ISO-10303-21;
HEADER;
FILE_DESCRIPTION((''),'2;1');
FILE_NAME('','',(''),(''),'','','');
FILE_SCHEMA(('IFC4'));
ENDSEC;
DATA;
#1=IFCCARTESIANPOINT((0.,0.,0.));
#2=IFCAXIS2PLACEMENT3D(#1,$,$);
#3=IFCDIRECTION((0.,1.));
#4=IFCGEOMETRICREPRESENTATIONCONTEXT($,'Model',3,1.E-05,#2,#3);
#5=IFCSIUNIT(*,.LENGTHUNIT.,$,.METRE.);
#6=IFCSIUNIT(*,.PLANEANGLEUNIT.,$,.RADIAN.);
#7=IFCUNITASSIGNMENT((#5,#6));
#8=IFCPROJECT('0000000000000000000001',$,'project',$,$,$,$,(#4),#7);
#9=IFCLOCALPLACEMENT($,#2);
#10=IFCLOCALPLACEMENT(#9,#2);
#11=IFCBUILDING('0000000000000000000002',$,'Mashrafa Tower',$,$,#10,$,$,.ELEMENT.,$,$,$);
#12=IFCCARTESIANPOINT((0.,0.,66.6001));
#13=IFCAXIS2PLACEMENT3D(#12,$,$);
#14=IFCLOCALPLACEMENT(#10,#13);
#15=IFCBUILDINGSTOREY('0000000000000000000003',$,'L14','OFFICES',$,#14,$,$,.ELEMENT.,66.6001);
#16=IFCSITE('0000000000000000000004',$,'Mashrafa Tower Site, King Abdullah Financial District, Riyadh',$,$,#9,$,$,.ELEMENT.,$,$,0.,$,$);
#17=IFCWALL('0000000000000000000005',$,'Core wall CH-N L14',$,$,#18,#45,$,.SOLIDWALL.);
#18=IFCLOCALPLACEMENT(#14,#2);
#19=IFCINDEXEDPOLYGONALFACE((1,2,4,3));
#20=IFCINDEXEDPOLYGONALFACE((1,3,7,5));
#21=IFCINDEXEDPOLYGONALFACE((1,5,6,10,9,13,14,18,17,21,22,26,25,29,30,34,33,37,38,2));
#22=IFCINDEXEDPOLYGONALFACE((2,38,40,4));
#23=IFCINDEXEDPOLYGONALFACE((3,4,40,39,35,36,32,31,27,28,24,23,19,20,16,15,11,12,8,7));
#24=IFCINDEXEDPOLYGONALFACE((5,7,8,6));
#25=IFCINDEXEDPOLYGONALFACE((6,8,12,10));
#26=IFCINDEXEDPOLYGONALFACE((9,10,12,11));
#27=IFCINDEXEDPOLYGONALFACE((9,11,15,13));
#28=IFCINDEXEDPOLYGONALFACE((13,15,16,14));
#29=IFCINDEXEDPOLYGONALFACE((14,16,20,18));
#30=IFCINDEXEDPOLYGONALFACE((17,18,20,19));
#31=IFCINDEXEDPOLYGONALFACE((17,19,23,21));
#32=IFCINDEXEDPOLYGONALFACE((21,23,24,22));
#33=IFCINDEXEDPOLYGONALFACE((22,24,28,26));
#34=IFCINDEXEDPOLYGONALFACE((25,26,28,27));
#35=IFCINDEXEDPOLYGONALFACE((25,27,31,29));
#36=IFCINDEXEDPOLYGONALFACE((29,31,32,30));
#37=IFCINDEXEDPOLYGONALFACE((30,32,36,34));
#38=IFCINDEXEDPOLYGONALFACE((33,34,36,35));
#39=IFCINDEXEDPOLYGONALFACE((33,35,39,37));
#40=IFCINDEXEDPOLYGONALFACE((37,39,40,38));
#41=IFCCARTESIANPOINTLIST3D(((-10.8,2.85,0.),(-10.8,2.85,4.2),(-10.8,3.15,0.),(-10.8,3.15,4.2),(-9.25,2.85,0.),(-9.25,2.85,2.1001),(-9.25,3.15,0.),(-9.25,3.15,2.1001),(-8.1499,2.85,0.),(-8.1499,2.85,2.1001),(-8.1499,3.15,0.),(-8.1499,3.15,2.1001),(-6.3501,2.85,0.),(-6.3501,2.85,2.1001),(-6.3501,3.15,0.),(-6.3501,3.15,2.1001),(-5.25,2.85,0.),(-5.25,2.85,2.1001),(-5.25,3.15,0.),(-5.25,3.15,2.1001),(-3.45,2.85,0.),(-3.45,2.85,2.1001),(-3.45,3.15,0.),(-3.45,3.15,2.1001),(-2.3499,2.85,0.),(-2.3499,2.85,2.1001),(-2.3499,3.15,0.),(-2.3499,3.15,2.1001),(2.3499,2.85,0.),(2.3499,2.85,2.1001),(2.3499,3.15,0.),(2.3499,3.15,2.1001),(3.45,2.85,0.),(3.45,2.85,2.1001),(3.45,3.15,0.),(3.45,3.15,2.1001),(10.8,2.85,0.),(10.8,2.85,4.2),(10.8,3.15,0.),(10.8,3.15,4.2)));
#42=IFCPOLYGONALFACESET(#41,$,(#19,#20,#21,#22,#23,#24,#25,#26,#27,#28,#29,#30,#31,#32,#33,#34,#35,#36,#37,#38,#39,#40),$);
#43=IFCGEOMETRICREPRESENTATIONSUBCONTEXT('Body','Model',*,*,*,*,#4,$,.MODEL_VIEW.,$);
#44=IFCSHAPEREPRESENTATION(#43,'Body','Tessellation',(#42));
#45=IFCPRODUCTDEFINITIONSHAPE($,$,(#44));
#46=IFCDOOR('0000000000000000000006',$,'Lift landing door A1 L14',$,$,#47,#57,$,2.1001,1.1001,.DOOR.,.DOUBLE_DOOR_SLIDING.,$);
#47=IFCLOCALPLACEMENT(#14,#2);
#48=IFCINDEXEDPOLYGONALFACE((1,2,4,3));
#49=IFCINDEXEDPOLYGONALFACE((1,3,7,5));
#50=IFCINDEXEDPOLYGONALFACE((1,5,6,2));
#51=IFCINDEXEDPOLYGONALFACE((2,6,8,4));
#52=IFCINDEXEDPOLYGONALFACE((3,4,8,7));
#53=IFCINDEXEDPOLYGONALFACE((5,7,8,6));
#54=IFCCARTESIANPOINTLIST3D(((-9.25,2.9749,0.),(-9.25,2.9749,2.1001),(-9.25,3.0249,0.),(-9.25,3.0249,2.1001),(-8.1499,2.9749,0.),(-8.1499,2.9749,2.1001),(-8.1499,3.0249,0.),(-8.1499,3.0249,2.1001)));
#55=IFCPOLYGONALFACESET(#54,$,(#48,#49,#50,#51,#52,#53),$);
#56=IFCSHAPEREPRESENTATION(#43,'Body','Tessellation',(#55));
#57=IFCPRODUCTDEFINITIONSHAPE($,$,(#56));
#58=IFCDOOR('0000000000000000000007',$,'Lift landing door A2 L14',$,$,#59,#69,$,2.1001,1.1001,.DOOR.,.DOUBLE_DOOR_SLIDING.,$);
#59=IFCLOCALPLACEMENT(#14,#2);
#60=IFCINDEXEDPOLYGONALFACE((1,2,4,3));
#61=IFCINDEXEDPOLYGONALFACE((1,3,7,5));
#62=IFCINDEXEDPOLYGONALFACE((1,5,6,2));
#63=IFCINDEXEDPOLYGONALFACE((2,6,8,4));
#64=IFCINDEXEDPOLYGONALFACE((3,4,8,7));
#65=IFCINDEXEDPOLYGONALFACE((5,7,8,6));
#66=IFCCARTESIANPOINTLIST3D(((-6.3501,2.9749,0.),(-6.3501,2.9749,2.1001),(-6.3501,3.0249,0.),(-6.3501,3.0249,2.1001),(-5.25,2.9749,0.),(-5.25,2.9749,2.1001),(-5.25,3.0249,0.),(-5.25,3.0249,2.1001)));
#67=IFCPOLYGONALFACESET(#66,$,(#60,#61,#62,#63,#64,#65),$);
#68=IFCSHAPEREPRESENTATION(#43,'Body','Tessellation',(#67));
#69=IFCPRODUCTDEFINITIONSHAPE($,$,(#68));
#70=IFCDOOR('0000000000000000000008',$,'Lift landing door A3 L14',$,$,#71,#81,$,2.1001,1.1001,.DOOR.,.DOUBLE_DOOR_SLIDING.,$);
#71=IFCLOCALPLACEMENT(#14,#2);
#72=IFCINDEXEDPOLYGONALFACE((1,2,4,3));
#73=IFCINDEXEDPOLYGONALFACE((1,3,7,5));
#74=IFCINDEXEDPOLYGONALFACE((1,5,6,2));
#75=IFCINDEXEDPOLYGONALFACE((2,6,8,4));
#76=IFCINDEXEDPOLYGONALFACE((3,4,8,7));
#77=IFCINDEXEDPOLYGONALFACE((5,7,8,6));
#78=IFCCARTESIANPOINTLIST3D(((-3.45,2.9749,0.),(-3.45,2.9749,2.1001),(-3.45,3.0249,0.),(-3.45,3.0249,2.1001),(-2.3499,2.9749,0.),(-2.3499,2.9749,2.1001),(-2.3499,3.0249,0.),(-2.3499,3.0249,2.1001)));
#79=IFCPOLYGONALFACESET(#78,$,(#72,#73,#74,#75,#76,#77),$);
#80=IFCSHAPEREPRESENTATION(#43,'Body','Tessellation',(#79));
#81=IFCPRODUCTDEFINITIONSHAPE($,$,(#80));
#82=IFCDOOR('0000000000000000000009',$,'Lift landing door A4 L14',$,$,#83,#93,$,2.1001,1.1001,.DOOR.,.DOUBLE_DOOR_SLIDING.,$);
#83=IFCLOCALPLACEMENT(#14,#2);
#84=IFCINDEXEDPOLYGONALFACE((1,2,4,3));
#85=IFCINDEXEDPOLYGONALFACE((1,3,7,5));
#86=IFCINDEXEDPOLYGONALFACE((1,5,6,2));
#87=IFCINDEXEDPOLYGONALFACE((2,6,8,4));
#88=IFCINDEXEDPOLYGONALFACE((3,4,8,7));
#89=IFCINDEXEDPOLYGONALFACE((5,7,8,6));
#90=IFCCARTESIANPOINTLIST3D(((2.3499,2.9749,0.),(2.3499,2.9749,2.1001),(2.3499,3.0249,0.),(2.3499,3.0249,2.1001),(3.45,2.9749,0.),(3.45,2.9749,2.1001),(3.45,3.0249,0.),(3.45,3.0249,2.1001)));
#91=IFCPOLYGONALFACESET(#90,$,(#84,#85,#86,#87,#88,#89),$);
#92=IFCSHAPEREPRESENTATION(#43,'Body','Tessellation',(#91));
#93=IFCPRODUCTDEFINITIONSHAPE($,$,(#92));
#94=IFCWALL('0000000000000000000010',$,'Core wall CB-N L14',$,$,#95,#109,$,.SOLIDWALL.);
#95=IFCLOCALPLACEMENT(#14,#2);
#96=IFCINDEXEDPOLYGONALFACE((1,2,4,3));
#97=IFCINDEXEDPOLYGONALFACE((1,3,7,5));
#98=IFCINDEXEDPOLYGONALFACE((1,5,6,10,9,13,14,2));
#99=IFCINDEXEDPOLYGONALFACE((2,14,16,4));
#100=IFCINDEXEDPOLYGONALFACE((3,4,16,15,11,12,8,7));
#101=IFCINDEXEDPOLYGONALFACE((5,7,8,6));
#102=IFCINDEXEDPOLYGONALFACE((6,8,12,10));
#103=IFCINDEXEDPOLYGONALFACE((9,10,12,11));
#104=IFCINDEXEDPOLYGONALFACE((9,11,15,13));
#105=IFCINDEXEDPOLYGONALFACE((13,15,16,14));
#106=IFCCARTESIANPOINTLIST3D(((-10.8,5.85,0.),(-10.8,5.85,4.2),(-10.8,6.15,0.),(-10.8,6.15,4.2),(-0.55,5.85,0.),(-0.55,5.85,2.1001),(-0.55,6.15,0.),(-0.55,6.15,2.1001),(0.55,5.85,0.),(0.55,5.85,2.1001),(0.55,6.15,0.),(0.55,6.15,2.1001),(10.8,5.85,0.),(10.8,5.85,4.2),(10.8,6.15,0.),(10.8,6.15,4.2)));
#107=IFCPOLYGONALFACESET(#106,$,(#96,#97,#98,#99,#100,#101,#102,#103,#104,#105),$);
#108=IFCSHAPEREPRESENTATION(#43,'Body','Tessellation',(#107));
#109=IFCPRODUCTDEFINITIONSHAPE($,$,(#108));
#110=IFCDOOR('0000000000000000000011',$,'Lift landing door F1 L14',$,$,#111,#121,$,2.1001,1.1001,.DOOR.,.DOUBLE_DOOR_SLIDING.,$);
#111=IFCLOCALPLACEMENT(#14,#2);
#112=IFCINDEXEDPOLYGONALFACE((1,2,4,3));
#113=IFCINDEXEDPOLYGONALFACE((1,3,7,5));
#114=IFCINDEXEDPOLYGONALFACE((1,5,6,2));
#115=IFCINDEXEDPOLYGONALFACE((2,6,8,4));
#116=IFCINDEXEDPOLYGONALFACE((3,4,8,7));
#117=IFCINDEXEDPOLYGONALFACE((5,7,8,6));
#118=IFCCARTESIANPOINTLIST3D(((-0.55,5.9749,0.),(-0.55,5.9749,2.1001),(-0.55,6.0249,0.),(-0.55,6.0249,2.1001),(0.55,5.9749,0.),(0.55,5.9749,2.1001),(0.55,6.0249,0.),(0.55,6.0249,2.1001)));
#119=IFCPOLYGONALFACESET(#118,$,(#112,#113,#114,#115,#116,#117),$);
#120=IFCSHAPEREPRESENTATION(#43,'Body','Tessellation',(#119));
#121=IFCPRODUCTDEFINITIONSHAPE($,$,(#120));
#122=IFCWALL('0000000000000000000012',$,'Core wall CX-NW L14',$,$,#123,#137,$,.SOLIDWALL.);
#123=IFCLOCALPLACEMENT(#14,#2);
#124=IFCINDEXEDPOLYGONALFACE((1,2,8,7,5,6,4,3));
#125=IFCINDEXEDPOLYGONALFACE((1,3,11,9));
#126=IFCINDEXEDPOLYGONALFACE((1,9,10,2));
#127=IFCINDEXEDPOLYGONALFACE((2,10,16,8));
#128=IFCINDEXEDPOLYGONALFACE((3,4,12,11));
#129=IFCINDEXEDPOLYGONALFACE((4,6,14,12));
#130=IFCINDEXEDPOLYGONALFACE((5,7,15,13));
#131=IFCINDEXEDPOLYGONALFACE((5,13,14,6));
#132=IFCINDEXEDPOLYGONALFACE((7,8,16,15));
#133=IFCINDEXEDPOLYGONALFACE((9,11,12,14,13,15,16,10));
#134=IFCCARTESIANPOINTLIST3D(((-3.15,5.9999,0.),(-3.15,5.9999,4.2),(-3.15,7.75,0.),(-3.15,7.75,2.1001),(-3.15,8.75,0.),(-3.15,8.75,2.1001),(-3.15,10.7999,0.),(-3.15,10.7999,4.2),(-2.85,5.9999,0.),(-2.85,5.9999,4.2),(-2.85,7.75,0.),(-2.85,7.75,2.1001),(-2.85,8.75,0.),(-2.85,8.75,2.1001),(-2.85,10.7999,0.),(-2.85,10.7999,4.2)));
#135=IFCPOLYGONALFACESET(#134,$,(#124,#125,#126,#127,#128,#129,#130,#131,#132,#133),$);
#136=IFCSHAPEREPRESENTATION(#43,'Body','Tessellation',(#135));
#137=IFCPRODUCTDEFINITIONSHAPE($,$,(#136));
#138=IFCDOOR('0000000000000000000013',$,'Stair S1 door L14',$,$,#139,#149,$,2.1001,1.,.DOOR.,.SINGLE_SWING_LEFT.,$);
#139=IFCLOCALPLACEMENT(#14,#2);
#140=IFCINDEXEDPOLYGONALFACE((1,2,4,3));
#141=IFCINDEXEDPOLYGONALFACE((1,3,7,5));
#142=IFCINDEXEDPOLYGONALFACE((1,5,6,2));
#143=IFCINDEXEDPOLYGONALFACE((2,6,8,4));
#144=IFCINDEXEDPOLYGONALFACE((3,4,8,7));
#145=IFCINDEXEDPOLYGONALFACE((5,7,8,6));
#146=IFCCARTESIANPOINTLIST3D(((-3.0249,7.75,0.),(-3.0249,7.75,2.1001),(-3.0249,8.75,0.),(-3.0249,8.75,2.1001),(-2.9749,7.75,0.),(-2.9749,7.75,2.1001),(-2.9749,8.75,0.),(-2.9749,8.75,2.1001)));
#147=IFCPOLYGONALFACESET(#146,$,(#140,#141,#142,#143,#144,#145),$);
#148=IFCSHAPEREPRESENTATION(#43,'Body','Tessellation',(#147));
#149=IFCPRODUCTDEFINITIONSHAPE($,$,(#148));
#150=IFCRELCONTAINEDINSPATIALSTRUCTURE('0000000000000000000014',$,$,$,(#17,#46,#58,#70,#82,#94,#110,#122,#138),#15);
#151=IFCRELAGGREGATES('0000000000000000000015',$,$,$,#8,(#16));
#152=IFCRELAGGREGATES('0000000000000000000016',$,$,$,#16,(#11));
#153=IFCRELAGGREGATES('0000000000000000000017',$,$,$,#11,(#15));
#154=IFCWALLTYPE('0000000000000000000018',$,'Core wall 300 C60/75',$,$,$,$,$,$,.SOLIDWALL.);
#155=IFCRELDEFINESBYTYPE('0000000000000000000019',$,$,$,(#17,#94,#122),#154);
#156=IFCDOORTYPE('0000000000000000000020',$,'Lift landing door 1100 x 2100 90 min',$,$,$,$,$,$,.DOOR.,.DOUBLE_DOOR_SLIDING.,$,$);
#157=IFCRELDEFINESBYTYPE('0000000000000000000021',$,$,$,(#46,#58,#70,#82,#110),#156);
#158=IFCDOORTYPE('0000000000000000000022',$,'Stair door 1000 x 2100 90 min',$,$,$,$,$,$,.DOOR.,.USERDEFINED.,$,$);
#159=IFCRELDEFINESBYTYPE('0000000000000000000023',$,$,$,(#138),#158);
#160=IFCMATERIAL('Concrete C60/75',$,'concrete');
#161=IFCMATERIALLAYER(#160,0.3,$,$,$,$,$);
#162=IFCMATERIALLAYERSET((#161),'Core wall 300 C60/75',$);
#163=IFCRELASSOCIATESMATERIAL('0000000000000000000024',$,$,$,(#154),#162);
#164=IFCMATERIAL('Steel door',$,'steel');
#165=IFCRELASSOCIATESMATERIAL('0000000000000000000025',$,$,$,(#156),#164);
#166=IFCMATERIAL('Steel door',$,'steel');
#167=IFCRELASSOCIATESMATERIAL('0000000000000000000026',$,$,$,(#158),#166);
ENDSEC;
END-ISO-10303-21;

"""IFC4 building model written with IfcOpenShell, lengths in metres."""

from ifc_helpers import new_model, si_unit, direction, frame, frame_2d, origin, place, context, subcontext, project, spatial, rectangle, extrude, material, layer, layer_set, type_object, element, fill, save


model = new_model("IFC4")

# Units and contexts
model_context = context("Model", 3, precision=1e-05, world=origin(), true_north=direction((0.0, 1.0)))
body_context = subcontext(model_context, "Body", "Model", "MODEL_VIEW")
ifc_project = project(units=[si_unit("LENGTHUNIT", "METRE"), si_unit("PLANEANGLEUNIT", "RADIAN")], contexts=[model_context])

# Site, building, storey
site_placement = place(None, origin())
site = spatial("IfcSite", under=ifc_project, at=site_placement, Name="Mashrafa Tower Site, King Abdullah Financial District, Riyadh", CompositionType="ELEMENT", RefElevation=0.0)
building_placement = place(site_placement, origin())
building = spatial("IfcBuilding", under=site, at=building_placement, Name="Mashrafa Tower", CompositionType="ELEMENT")
storey_placement = place(building_placement, frame((0.0, 0.0, 66.6001)))
storey = spatial("IfcBuildingStorey", under=building, at=storey_placement, Name="L14", Description="OFFICES", CompositionType="ELEMENT", Elevation=66.6001)

# Wall, openings, doors
ifc_material_1 = material(Name="Concrete C60/75", Category="concrete")
ifc_layer_1 = layer(ifc_material_1, 0.3)
ifc_layer_set_1 = layer_set([ifc_layer_1], Name="Core wall 300 C60/75")
wall_type_1 = type_object("IfcWallType", Name="Core wall 300 C60/75", PredefinedType="SOLIDWALL", material=ifc_layer_set_1)
wall_1_placement = place(storey_placement, frame((-10.8, 3.0, 0.0), z_axis=(0.0, 0.0, 1.0), x_axis=(1.0, 0.0, 0.0)))
wall_1 = element("IfcWall", 1, at=wall_1_placement, inside=storey, type_object=wall_type_1, Name="Core wall CH-N L14", PredefinedType="SOLIDWALL", context=body_context, shape_type="SweptSolid", body=[
    extrude(rectangle(XDim=21.6001, YDim=0.3, at=frame_2d((10.8, 0.0))), origin(), (0.0, 0.0, 1.0), 4.2),
])
opening_1_placement = place(wall_1_placement, frame((1.55, 0.0, 0.0)))
opening_1 = element("IfcOpeningElement", 2, at=opening_1_placement, cuts=wall_1, PredefinedType="OPENING", context=body_context, shape_type="SweptSolid", body=[
    extrude(rectangle(XDim=1.1001, YDim=2.1001, at=frame_2d((0.55, 1.05))), frame((0.0, 0.1599, 0.0), z_axis=(0.0, -1.0, 0.0), x_axis=(1.0, 0.0, 0.0)), (0.0, 0.0, 1.0), 0.3201),
])
opening_2_placement = place(wall_1_placement, frame((4.45, 0.0, 0.0)))
opening_2 = element("IfcOpeningElement", 3, at=opening_2_placement, cuts=wall_1, PredefinedType="OPENING", context=body_context, shape_type="SweptSolid", body=[
    extrude(rectangle(XDim=1.1001, YDim=2.1001, at=frame_2d((0.55, 1.05))), frame((0.0, 0.1599, 0.0), z_axis=(0.0, -1.0, 0.0), x_axis=(1.0, 0.0, 0.0)), (0.0, 0.0, 1.0), 0.3201),
])
opening_3_placement = place(wall_1_placement, frame((7.3501, 0.0, 0.0)))
opening_3 = element("IfcOpeningElement", 4, at=opening_3_placement, cuts=wall_1, PredefinedType="OPENING", context=body_context, shape_type="SweptSolid", body=[
    extrude(rectangle(XDim=1.1001, YDim=2.1001, at=frame_2d((0.55, 1.05))), frame((0.0, 0.1599, 0.0), z_axis=(0.0, -1.0, 0.0), x_axis=(1.0, 0.0, 0.0)), (0.0, 0.0, 1.0), 0.3201),
])
opening_4_placement = place(wall_1_placement, frame((13.1499, 0.0, 0.0)))
opening_4 = element("IfcOpeningElement", 5, at=opening_4_placement, cuts=wall_1, PredefinedType="OPENING", context=body_context, shape_type="SweptSolid", body=[
    extrude(rectangle(XDim=1.1001, YDim=2.1001, at=frame_2d((0.55, 1.05))), frame((0.0, 0.1599, 0.0), z_axis=(0.0, -1.0, 0.0), x_axis=(1.0, 0.0, 0.0)), (0.0, 0.0, 1.0), 0.3201),
])
ifc_material_2 = material(Name="Steel door", Category="steel")
door_type_1 = type_object("IfcDoorType", Name="Lift landing door 1100 x 2100 90 min", OperationType="DOUBLE_DOOR_SLIDING", PredefinedType="DOOR", material=ifc_material_2)
door_1_placement = place(opening_1_placement, origin())
door_1 = element("IfcDoor", 6, at=door_1_placement, inside=storey, type_object=door_type_1, Name="Lift landing door A1 L14", OperationType="DOUBLE_DOOR_SLIDING", OverallHeight=2.1001, OverallWidth=1.1001, PredefinedType="DOOR", context=body_context, shape_type="SweptSolid", body=[
    extrude(rectangle(XDim=1.1001, YDim=2.1001, at=frame_2d((0.55, 1.05))), frame((0.0, 0.0249, 0.0), z_axis=(0.0, -1.0, 0.0), x_axis=(1.0, 0.0, 0.0)), (0.0, 0.0, 1.0), 0.05),
])
fill(opening_1, door_1)
door_2_placement = place(opening_2_placement, origin())
door_2 = element("IfcDoor", 7, at=door_2_placement, inside=storey, type_object=door_type_1, Name="Lift landing door A2 L14", OperationType="DOUBLE_DOOR_SLIDING", OverallHeight=2.1001, OverallWidth=1.1001, PredefinedType="DOOR", context=body_context, shape_type="SweptSolid", body=[
    extrude(rectangle(XDim=1.1001, YDim=2.1001, at=frame_2d((0.55, 1.05))), frame((0.0, 0.0249, 0.0), z_axis=(0.0, -1.0, 0.0), x_axis=(1.0, 0.0, 0.0)), (0.0, 0.0, 1.0), 0.05),
])
fill(opening_2, door_2)
door_3_placement = place(opening_3_placement, origin())
door_3 = element("IfcDoor", 8, at=door_3_placement, inside=storey, type_object=door_type_1, Name="Lift landing door A3 L14", OperationType="DOUBLE_DOOR_SLIDING", OverallHeight=2.1001, OverallWidth=1.1001, PredefinedType="DOOR", context=body_context, shape_type="SweptSolid", body=[
    extrude(rectangle(XDim=1.1001, YDim=2.1001, at=frame_2d((0.55, 1.05))), frame((0.0, 0.0249, 0.0), z_axis=(0.0, -1.0, 0.0), x_axis=(1.0, 0.0, 0.0)), (0.0, 0.0, 1.0), 0.05),
])
fill(opening_3, door_3)
door_4_placement = place(opening_4_placement, origin())
door_4 = element("IfcDoor", 9, at=door_4_placement, inside=storey, type_object=door_type_1, Name="Lift landing door A4 L14", OperationType="DOUBLE_DOOR_SLIDING", OverallHeight=2.1001, OverallWidth=1.1001, PredefinedType="DOOR", context=body_context, shape_type="SweptSolid", body=[
    extrude(rectangle(XDim=1.1001, YDim=2.1001, at=frame_2d((0.55, 1.05))), frame((0.0, 0.0249, 0.0), z_axis=(0.0, -1.0, 0.0), x_axis=(1.0, 0.0, 0.0)), (0.0, 0.0, 1.0), 0.05),
])
fill(opening_4, door_4)

# Walls, openings, doors
wall_2_placement = place(storey_placement, frame((-10.8, 6.0, 0.0), z_axis=(0.0, 0.0, 1.0), x_axis=(1.0, 0.0, 0.0)))
wall_2 = element("IfcWall", 10, at=wall_2_placement, inside=storey, type_object=wall_type_1, Name="Core wall CB-N L14", PredefinedType="SOLIDWALL", context=body_context, shape_type="SweptSolid", body=[
    extrude(rectangle(XDim=21.6001, YDim=0.3, at=frame_2d((10.8, 0.0))), origin(), (0.0, 0.0, 1.0), 4.2),
])
opening_5_placement = place(wall_2_placement, frame((10.25, 0.0, 0.0)))
opening_5 = element("IfcOpeningElement", 11, at=opening_5_placement, cuts=wall_2, PredefinedType="OPENING", context=body_context, shape_type="SweptSolid", body=[
    extrude(rectangle(XDim=1.1001, YDim=2.1001, at=frame_2d((0.55, 1.05))), frame((0.0, 0.1599, 0.0), z_axis=(0.0, -1.0, 0.0), x_axis=(1.0, 0.0, 0.0)), (0.0, 0.0, 1.0), 0.3201),
])
door_5_placement = place(opening_5_placement, origin())
door_5 = element("IfcDoor", 12, at=door_5_placement, inside=storey, type_object=door_type_1, Name="Lift landing door F1 L14", OperationType="DOUBLE_DOOR_SLIDING", OverallHeight=2.1001, OverallWidth=1.1001, PredefinedType="DOOR", context=body_context, shape_type="SweptSolid", body=[
    extrude(rectangle(XDim=1.1001, YDim=2.1001, at=frame_2d((0.55, 1.05))), frame((0.0, 0.0249, 0.0), z_axis=(0.0, -1.0, 0.0), x_axis=(1.0, 0.0, 0.0)), (0.0, 0.0, 1.0), 0.05),
])
fill(opening_5, door_5)
wall_3_placement = place(storey_placement, frame((-3.0, 6.0, 0.0), z_axis=(0.0, 0.0, 1.0), x_axis=(0.0, 1.0, 0.0)))
wall_3 = element("IfcWall", 13, at=wall_3_placement, inside=storey, type_object=wall_type_1, Name="Core wall CX-NW L14", PredefinedType="SOLIDWALL", context=body_context, shape_type="SweptSolid", body=[
    extrude(rectangle(XDim=4.8, YDim=0.3, at=frame_2d((2.3999, 0.0))), origin(), (0.0, 0.0, 1.0), 4.2),
])
opening_6_placement = place(wall_3_placement, frame((1.75, 0.0, 0.0)))
opening_6 = element("IfcOpeningElement", 14, at=opening_6_placement, cuts=wall_3, PredefinedType="OPENING", context=body_context, shape_type="SweptSolid", body=[
    extrude(rectangle(XDim=1.0, YDim=2.1001, at=frame_2d((0.5, 1.05))), frame((0.0, 0.1599, 0.0), z_axis=(0.0, -1.0, 0.0), x_axis=(1.0, 0.0, 0.0)), (0.0, 0.0, 1.0), 0.3201),
])
ifc_material_3 = material(Name="Steel door", Category="steel")
door_type_2 = type_object("IfcDoorType", Name="Stair door 1000 x 2100 90 min", OperationType="USERDEFINED", PredefinedType="DOOR", material=ifc_material_3)
door_6_placement = place(opening_6_placement, origin())
door_6 = element("IfcDoor", 15, at=door_6_placement, inside=storey, type_object=door_type_2, Name="Stair S1 door L14", OperationType="SINGLE_SWING_LEFT", OverallHeight=2.1001, OverallWidth=1.0, PredefinedType="DOOR", context=body_context, shape_type="SweptSolid", body=[
    extrude(rectangle(XDim=1.0, YDim=2.1001, at=frame_2d((0.5, 1.05))), frame((0.0, 0.0249, 0.0), z_axis=(0.0, -1.0, 0.0), x_axis=(1.0, 0.0, 0.0)), (0.0, 0.0, 1.0), 0.05),
])
fill(opening_6, door_6)

save(model, "model.ifc")
